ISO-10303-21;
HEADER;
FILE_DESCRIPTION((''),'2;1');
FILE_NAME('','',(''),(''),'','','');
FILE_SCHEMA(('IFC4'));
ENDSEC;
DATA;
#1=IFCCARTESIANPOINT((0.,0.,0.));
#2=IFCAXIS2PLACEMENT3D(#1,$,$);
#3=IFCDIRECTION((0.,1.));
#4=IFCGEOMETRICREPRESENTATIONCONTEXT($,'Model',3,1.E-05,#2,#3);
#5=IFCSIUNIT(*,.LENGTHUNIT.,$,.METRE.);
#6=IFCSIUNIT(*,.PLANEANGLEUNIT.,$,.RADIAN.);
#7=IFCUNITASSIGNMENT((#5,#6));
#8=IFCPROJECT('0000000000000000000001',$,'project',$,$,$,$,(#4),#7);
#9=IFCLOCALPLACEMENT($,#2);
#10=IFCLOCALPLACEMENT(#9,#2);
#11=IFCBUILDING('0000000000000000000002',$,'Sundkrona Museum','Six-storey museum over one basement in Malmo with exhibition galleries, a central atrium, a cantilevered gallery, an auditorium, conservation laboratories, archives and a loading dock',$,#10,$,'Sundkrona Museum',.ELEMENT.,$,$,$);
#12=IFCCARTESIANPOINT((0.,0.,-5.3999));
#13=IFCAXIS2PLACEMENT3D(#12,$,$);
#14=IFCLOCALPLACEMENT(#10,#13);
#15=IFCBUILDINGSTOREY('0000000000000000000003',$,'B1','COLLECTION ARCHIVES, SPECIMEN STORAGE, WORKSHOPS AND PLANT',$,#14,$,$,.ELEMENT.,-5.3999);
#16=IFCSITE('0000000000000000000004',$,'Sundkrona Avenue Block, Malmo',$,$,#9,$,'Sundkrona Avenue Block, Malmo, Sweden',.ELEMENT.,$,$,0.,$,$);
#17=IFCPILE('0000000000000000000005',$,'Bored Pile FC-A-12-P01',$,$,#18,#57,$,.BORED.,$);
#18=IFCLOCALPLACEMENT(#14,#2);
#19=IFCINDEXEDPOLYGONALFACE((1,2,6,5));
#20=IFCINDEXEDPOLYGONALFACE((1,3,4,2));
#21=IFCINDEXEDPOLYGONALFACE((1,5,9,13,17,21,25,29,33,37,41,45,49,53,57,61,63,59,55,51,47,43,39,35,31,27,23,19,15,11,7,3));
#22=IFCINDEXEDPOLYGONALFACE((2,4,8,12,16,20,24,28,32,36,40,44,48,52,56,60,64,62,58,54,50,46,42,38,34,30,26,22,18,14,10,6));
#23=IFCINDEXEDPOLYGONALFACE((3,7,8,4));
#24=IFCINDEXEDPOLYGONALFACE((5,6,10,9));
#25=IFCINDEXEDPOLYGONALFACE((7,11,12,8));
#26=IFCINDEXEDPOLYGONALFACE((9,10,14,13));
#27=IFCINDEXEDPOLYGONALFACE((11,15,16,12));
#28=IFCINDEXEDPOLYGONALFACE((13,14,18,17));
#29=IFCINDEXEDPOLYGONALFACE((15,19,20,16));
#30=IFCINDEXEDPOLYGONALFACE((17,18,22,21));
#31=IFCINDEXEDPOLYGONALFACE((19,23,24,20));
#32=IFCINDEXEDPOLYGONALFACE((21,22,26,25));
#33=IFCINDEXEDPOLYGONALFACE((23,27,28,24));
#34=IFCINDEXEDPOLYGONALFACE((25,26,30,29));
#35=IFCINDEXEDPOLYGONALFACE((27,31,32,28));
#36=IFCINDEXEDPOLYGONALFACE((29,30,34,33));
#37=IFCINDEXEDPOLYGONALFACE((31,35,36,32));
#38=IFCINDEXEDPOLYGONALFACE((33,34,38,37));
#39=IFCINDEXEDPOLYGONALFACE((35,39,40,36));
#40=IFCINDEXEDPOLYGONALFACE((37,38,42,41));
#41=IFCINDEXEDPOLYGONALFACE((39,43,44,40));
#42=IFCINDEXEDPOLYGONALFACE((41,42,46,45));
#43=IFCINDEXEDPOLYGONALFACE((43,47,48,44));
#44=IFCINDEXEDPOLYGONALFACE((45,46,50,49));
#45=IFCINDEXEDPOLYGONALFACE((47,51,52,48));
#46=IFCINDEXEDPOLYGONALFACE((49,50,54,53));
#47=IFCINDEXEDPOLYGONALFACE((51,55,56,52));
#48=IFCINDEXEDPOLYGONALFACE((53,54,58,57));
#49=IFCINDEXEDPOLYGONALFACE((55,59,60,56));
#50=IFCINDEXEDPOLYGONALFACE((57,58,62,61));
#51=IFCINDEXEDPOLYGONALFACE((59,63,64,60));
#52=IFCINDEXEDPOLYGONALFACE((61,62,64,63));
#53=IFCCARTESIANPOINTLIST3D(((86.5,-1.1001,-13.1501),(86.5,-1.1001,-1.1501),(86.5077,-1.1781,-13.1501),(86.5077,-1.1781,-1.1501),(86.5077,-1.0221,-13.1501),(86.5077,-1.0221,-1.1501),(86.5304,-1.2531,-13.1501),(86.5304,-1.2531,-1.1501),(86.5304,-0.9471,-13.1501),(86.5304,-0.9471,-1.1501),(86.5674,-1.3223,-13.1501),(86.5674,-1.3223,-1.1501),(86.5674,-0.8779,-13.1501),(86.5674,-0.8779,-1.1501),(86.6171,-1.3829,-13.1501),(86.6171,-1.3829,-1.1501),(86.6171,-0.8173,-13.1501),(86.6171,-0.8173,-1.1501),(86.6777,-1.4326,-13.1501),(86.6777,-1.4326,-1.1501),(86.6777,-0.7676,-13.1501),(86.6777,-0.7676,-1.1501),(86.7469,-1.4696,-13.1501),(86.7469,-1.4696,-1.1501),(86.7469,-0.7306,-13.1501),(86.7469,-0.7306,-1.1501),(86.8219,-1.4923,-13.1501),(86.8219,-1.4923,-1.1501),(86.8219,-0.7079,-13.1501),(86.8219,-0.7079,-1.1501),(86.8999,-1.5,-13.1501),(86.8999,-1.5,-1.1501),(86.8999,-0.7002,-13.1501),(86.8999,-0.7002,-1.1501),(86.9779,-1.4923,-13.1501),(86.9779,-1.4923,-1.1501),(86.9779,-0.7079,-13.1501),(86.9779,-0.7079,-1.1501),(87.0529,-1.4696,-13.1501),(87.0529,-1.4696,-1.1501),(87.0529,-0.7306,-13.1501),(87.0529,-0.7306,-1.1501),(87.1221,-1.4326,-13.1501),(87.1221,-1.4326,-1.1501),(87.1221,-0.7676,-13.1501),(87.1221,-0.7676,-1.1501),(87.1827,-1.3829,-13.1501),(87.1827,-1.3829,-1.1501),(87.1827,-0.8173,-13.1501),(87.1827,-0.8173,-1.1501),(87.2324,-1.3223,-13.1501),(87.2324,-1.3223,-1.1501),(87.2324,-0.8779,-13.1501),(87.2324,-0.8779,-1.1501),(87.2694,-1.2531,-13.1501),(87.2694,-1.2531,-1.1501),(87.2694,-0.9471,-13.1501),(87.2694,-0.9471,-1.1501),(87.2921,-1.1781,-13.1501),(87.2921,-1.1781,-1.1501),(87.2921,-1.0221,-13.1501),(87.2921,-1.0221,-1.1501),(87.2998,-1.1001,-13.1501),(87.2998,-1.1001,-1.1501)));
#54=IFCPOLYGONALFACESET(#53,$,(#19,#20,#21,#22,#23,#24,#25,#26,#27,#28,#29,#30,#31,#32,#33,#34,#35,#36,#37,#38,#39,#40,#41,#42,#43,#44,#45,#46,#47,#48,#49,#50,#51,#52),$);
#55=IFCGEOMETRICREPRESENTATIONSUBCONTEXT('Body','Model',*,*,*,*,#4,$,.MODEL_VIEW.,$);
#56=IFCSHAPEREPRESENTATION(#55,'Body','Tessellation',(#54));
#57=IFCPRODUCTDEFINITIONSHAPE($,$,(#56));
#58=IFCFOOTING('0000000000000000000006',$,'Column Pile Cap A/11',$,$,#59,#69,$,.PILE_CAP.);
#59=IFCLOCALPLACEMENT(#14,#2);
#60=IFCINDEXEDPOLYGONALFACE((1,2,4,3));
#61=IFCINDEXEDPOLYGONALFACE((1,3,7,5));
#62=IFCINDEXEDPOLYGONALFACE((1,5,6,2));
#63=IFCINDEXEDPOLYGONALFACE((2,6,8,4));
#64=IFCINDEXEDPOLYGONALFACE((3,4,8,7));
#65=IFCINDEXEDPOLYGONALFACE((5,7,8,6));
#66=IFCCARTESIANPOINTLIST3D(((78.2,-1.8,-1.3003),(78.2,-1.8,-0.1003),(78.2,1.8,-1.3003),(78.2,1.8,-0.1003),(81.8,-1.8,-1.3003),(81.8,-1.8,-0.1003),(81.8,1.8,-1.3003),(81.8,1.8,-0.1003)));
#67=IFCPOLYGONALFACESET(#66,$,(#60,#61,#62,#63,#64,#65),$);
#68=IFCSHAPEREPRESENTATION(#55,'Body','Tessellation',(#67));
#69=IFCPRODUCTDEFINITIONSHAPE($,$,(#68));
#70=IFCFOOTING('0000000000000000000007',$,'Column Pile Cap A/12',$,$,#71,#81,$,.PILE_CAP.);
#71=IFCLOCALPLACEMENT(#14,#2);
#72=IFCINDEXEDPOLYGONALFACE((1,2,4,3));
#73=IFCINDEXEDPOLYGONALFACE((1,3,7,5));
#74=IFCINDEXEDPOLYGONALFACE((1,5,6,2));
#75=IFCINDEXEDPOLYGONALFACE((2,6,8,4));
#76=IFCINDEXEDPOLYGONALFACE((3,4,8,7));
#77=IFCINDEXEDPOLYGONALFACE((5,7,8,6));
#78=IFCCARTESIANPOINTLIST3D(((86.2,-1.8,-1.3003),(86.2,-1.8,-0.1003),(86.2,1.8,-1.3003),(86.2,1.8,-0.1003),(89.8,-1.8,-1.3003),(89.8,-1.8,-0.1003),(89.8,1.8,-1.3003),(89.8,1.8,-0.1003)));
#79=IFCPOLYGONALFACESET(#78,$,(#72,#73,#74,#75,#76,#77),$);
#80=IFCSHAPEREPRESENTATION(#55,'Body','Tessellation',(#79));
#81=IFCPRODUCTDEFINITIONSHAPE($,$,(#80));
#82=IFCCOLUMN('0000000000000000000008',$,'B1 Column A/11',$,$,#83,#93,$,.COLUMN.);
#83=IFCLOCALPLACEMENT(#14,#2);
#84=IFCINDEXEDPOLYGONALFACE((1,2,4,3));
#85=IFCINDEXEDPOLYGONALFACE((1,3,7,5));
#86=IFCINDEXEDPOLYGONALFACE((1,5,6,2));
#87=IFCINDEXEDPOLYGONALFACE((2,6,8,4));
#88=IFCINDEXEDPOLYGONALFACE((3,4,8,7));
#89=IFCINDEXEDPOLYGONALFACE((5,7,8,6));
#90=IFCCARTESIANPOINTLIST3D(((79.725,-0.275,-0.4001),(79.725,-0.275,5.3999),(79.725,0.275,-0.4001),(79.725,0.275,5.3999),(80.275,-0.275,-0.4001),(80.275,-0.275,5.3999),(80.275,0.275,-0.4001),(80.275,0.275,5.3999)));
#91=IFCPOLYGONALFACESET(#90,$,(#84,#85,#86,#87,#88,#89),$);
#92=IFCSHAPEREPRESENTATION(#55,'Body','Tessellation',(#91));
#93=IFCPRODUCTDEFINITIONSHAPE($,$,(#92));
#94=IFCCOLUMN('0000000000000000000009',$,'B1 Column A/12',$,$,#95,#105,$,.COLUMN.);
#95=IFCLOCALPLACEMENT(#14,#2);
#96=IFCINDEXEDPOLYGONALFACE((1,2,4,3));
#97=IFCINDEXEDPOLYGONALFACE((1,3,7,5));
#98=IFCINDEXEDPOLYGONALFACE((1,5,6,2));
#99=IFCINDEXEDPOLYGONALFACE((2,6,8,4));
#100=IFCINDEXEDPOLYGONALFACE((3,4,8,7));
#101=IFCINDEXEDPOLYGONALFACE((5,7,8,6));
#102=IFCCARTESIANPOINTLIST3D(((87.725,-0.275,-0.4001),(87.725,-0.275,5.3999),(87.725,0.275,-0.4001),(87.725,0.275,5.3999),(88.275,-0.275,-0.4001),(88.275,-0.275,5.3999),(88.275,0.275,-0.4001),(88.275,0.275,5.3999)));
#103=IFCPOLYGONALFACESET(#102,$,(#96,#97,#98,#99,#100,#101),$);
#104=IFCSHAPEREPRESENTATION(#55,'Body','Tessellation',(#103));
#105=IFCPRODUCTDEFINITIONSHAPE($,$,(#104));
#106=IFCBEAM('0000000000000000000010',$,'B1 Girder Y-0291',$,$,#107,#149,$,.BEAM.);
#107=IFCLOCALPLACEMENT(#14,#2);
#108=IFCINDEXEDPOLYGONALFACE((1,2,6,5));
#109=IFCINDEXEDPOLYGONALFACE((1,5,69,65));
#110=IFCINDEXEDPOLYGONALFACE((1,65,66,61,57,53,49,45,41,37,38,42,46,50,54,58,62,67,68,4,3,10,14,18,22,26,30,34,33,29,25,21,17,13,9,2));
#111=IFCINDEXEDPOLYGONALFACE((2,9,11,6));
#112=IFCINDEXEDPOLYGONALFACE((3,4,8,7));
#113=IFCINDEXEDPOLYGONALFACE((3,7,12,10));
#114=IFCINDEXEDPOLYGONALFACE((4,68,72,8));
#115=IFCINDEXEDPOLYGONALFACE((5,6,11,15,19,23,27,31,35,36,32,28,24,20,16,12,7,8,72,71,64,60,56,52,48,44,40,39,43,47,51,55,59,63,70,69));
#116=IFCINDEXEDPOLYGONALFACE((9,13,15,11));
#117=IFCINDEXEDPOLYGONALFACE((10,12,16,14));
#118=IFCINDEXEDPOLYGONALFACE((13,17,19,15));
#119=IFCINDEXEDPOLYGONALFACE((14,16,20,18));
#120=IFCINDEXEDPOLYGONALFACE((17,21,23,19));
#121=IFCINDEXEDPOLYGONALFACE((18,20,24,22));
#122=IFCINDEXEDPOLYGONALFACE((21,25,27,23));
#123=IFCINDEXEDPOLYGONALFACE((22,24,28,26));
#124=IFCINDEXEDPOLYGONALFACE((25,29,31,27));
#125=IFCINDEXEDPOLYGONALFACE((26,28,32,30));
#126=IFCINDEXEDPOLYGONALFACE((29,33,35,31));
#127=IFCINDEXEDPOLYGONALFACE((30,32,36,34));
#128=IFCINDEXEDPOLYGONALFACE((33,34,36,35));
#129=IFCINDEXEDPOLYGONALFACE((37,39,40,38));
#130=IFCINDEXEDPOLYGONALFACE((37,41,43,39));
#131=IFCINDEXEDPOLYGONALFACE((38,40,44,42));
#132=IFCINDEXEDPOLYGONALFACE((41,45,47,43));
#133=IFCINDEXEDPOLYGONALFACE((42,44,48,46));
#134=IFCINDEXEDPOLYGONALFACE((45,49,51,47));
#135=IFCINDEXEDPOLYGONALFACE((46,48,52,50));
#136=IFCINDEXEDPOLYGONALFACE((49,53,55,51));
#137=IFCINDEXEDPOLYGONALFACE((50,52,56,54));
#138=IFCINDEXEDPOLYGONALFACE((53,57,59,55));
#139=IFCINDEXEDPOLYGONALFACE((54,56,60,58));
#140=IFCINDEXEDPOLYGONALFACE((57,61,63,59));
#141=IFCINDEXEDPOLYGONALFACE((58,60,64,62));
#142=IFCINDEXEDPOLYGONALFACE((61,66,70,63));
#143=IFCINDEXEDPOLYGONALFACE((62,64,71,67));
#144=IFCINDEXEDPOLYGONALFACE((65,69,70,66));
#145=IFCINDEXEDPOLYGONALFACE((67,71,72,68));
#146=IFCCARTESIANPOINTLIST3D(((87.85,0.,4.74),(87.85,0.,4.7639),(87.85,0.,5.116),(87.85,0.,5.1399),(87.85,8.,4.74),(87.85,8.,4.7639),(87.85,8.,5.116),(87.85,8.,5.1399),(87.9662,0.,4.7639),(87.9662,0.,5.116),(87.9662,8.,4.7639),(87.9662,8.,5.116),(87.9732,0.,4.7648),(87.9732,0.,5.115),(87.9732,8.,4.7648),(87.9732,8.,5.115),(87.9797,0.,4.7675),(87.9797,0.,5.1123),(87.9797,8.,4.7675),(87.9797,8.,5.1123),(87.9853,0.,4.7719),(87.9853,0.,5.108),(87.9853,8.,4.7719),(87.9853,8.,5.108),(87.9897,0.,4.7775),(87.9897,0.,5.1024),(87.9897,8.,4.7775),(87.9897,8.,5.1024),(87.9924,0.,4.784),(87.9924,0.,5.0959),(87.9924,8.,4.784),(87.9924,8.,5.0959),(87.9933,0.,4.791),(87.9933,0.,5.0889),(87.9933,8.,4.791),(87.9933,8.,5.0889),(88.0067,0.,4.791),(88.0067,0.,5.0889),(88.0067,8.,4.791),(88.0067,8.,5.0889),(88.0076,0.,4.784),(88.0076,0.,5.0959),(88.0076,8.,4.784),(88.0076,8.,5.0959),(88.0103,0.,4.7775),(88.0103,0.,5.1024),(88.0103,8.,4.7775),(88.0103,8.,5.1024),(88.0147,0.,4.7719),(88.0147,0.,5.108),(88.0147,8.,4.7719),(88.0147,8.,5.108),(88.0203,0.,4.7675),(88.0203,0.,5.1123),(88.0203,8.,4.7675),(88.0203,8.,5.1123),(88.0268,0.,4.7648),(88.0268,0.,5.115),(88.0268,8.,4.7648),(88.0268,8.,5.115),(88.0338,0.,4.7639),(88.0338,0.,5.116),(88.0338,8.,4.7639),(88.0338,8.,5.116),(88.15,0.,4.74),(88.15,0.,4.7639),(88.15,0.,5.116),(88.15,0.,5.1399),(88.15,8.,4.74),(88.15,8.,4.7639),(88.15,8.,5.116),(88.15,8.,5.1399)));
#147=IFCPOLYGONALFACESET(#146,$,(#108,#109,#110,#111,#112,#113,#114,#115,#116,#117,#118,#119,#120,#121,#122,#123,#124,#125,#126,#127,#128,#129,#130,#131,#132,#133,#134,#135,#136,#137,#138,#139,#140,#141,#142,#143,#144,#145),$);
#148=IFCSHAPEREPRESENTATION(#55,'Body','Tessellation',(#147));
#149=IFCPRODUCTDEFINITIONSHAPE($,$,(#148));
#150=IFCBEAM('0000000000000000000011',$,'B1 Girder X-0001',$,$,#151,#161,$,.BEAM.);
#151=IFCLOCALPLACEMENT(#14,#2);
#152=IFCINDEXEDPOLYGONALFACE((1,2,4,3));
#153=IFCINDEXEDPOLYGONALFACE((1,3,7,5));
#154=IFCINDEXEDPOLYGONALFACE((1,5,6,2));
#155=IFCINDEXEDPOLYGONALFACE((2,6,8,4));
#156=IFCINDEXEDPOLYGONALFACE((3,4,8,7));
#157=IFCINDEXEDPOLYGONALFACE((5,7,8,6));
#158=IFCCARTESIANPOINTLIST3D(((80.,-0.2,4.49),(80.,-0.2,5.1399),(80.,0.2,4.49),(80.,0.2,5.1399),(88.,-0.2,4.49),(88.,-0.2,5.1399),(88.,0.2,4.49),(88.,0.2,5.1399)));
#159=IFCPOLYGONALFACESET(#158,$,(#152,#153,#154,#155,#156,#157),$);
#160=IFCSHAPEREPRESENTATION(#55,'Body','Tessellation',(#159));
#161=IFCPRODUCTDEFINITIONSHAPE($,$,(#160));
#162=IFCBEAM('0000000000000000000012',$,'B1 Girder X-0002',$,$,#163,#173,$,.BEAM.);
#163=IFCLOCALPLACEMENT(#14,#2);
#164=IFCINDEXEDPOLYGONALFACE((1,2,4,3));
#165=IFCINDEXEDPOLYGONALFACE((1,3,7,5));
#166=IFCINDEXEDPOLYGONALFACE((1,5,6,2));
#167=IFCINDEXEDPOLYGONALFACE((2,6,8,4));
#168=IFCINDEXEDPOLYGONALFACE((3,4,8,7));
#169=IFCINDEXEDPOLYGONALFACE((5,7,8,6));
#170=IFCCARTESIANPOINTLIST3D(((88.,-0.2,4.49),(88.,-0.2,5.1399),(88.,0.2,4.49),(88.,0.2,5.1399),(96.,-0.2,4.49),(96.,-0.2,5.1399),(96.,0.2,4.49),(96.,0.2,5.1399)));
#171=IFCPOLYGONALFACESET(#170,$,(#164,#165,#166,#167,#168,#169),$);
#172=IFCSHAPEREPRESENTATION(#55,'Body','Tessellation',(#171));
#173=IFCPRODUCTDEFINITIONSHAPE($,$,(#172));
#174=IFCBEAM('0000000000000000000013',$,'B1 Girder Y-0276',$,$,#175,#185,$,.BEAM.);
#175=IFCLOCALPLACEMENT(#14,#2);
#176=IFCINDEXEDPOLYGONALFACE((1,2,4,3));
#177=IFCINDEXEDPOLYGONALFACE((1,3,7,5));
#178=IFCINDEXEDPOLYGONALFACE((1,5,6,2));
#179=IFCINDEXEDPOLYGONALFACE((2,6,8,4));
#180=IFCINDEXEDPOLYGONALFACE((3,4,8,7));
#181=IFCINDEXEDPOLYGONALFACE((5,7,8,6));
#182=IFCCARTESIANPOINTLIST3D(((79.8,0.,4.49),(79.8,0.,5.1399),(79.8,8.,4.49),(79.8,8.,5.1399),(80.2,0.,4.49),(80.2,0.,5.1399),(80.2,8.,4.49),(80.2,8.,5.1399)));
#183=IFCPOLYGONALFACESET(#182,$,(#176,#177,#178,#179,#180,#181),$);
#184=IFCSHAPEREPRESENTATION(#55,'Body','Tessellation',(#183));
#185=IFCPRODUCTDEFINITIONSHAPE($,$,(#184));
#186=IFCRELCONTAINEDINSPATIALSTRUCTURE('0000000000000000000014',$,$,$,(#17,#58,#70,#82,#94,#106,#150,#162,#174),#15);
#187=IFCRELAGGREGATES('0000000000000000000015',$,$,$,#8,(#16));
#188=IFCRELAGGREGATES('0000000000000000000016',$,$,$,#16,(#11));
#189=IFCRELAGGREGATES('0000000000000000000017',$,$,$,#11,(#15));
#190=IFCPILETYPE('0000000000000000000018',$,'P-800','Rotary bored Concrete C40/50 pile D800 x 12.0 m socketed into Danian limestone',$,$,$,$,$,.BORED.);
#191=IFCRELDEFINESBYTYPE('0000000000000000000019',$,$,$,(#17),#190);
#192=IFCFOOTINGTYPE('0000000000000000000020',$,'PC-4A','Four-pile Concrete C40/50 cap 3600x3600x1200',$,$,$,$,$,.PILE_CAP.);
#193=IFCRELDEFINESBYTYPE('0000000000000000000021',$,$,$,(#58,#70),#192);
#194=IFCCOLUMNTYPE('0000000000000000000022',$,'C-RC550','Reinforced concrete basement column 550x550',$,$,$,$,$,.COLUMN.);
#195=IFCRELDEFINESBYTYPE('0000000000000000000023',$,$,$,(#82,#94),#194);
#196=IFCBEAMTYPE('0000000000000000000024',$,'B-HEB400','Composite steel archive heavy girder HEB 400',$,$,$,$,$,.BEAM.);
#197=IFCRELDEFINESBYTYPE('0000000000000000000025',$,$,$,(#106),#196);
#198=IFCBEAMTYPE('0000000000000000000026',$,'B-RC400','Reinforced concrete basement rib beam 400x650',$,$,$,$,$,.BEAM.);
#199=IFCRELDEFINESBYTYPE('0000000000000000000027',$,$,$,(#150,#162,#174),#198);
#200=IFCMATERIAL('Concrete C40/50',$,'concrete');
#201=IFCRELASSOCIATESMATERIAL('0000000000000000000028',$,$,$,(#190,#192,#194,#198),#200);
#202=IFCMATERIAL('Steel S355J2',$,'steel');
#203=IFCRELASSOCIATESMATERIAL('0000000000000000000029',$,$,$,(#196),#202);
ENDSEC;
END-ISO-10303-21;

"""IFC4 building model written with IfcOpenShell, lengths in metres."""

from ifc_helpers import new_model, si_unit, direction, frame, origin, origin_2d, place, context, subcontext, project, spatial, rectangle, circle, i_section, extrude, material, material_profile, profile_set, type_object, element, save


model = new_model("IFC4")

# Units and contexts
model_context = context("Model", 3, precision=1e-05, world=origin(), true_north=direction((0.0, 1.0)))
body_context = subcontext(model_context, "Body", "Model", "MODEL_VIEW")
ifc_project = project(units=[si_unit("LENGTHUNIT", "METRE"), si_unit("PLANEANGLEUNIT", "RADIAN")], contexts=[model_context])

# Site, building, storey
site_placement = place(None, origin())
site = spatial("IfcSite", under=ifc_project, at=site_placement, Name="Sundkrona Avenue Block, Malmo", LongName="Sundkrona Avenue Block, Malmo, Sweden", CompositionType="ELEMENT", RefElevation=0.0)
building_placement = place(site_placement, origin())
building = spatial("IfcBuilding", under=site, at=building_placement, Name="Sundkrona Museum", Description="Six-storey museum over one basement in Malmo with exhibition galleries, a central atrium, a cantilevered gallery, an auditorium, conservation laboratories, archives and a loading dock", LongName="Sundkrona Museum", CompositionType="ELEMENT")
storey_placement = place(building_placement, frame((0.0, 0.0, -5.3999)))
storey = spatial("IfcBuildingStorey", under=building, at=storey_placement, Name="B1", Description="COLLECTION ARCHIVES, SPECIMEN STORAGE, WORKSHOPS AND PLANT", CompositionType="ELEMENT", Elevation=-5.3999)

# Shared definitions
ifc_material_1 = material(Name="Concrete C40/50", Category="concrete")

# Pile
ifc_material_profile_1 = material_profile(ifc_material_1, circle(Radius=0.3999, at=origin_2d()), Name="PILE D800")
ifc_profile_set_1 = profile_set([ifc_material_profile_1], Name="Concrete C40/50")
pile_type = type_object("IfcPileType", Name="P-800", Description="Rotary bored Concrete C40/50 pile D800 x 12.0 m socketed into Danian limestone", PredefinedType="BORED", material=ifc_profile_set_1)
for number, where, z_axis, x_axis, name in (
    (1, (86.8999, -1.1001, -1.1501), (0.0, 0.0, -1.0), (1.0, 0.0, 0.0), "Bored Pile FC-A-12-P01"),
):
    element("IfcPile", number, at=place(storey_placement, frame(where, z_axis=z_axis, x_axis=x_axis)), inside=storey, type_object=pile_type, Name=name, PredefinedType="BORED", context=body_context, shape_type="SweptSolid", body=[
        extrude(circle(Radius=0.3999, at=origin_2d()), origin(), (0.0, 0.0, 1.0), 12.0),
    ])

# Footings
footing_type_1 = type_object("IfcFootingType", Name="PC-4A", Description="Four-pile Concrete C40/50 cap 3600x3600x1200", PredefinedType="PILE_CAP", material=ifc_material_1)
for number, where, z_axis, x_axis, name in (
    (2, (80.0, 0.0, -1.3003), (0.0, 0.0, 1.0), (1.0, 0.0, 0.0), "Column Pile Cap A/11"),
    (3, (88.0, 0.0, -1.3003), (0.0, 0.0, 1.0), (1.0, 0.0, 0.0), "Column Pile Cap A/12"),
):
    element("IfcFooting", number, at=place(storey_placement, frame(where, z_axis=z_axis, x_axis=x_axis)), inside=storey, type_object=footing_type_1, Name=name, PredefinedType="PILE_CAP", context=body_context, shape_type="SweptSolid", body=[
        extrude(rectangle(XDim=3.6001, YDim=3.6001, at=origin_2d()), origin(), (0.0, 0.0, 1.0), 1.2),
    ])

# Columns
ifc_material_profile_2 = material_profile(ifc_material_1, rectangle(XDim=0.55, YDim=0.55, at=origin_2d()), Name="RC 550x550")
ifc_profile_set_2 = profile_set([ifc_material_profile_2], Name="Concrete C40/50")
column_type = type_object("IfcColumnType", Name="C-RC550", Description="Reinforced concrete basement column 550x550", PredefinedType="COLUMN", material=ifc_profile_set_2)
for number, where, z_axis, x_axis, name in (
    (4, (80.0, 0.0, -0.4001), (0.0, 0.0, 1.0), (1.0, 0.0, 0.0), "B1 Column A/11"),
    (5, (88.0, 0.0, -0.4001), (0.0, 0.0, 1.0), (1.0, 0.0, 0.0), "B1 Column A/12"),
):
    element("IfcColumn", number, at=place(storey_placement, frame(where, z_axis=z_axis, x_axis=x_axis)), inside=storey, type_object=column_type, Name=name, PredefinedType="COLUMN", context=body_context, shape_type="SweptSolid", body=[
        extrude(rectangle(XDim=0.55, YDim=0.55, at=origin_2d()), origin(), (0.0, 0.0, 1.0), 5.8),
    ])

# Beams
ifc_material_2 = material(Name="Steel S355J2", Category="steel")
ifc_material_profile_3 = material_profile(ifc_material_2, i_section(OverallWidth=0.3, OverallDepth=0.3999, WebThickness=0.0134, FlangeThickness=0.0239, FilletRadius=0.0271, at=origin_2d()), Name="HEB 400")
ifc_profile_set_3 = profile_set([ifc_material_profile_3], Name="Steel S355J2")
beam_type_1 = type_object("IfcBeamType", Name="B-HEB400", Description="Composite steel archive heavy girder HEB 400", PredefinedType="BEAM", material=ifc_profile_set_3)
beam_placement = place(storey_placement, frame((88.0, 0.0, 4.9399), z_axis=(0.0, 1.0, 0.0), x_axis=(-1.0, 0.0, 0.0)))
element("IfcBeam", 6, at=beam_placement, inside=storey, type_object=beam_type_1, Name="B1 Girder Y-0291", PredefinedType="BEAM", context=body_context, shape_type="SweptSolid", body=[
    extrude(i_section(OverallWidth=0.3, OverallDepth=0.3999, WebThickness=0.0134, FlangeThickness=0.0239, FilletRadius=0.0271, at=origin_2d()), origin(), (0.0, 0.0, 1.0), 8.0),
])
ifc_material_profile_4 = material_profile(ifc_material_1, rectangle(XDim=0.3999, YDim=0.6499, at=origin_2d()), Name="RCB 400x650")
ifc_profile_set_4 = profile_set([ifc_material_profile_4], Name="Concrete C40/50")
beam_type_2 = type_object("IfcBeamType", Name="B-RC400", Description="Reinforced concrete basement rib beam 400x650", PredefinedType="BEAM", material=ifc_profile_set_4)
for number, where, z_axis, x_axis, name in (
    (7, (80.0, 0.0, 4.8149), (1.0, 0.0, 0.0), (0.0, 1.0, 0.0), "B1 Girder X-0001"),
    (8, (88.0, 0.0, 4.8149), (1.0, 0.0, 0.0), (0.0, 1.0, 0.0), "B1 Girder X-0002"),
    (9, (80.0, 0.0, 4.8149), (0.0, 1.0, 0.0), (-1.0, 0.0, 0.0), "B1 Girder Y-0276"),
):
    element("IfcBeam", number, at=place(storey_placement, frame(where, z_axis=z_axis, x_axis=x_axis)), inside=storey, type_object=beam_type_2, Name=name, PredefinedType="BEAM", context=body_context, shape_type="SweptSolid", body=[
        extrude(rectangle(XDim=0.3999, YDim=0.6499, at=origin_2d()), origin(), (0.0, 0.0, 1.0), 8.0),
    ])

save(model, "model.ifc")
